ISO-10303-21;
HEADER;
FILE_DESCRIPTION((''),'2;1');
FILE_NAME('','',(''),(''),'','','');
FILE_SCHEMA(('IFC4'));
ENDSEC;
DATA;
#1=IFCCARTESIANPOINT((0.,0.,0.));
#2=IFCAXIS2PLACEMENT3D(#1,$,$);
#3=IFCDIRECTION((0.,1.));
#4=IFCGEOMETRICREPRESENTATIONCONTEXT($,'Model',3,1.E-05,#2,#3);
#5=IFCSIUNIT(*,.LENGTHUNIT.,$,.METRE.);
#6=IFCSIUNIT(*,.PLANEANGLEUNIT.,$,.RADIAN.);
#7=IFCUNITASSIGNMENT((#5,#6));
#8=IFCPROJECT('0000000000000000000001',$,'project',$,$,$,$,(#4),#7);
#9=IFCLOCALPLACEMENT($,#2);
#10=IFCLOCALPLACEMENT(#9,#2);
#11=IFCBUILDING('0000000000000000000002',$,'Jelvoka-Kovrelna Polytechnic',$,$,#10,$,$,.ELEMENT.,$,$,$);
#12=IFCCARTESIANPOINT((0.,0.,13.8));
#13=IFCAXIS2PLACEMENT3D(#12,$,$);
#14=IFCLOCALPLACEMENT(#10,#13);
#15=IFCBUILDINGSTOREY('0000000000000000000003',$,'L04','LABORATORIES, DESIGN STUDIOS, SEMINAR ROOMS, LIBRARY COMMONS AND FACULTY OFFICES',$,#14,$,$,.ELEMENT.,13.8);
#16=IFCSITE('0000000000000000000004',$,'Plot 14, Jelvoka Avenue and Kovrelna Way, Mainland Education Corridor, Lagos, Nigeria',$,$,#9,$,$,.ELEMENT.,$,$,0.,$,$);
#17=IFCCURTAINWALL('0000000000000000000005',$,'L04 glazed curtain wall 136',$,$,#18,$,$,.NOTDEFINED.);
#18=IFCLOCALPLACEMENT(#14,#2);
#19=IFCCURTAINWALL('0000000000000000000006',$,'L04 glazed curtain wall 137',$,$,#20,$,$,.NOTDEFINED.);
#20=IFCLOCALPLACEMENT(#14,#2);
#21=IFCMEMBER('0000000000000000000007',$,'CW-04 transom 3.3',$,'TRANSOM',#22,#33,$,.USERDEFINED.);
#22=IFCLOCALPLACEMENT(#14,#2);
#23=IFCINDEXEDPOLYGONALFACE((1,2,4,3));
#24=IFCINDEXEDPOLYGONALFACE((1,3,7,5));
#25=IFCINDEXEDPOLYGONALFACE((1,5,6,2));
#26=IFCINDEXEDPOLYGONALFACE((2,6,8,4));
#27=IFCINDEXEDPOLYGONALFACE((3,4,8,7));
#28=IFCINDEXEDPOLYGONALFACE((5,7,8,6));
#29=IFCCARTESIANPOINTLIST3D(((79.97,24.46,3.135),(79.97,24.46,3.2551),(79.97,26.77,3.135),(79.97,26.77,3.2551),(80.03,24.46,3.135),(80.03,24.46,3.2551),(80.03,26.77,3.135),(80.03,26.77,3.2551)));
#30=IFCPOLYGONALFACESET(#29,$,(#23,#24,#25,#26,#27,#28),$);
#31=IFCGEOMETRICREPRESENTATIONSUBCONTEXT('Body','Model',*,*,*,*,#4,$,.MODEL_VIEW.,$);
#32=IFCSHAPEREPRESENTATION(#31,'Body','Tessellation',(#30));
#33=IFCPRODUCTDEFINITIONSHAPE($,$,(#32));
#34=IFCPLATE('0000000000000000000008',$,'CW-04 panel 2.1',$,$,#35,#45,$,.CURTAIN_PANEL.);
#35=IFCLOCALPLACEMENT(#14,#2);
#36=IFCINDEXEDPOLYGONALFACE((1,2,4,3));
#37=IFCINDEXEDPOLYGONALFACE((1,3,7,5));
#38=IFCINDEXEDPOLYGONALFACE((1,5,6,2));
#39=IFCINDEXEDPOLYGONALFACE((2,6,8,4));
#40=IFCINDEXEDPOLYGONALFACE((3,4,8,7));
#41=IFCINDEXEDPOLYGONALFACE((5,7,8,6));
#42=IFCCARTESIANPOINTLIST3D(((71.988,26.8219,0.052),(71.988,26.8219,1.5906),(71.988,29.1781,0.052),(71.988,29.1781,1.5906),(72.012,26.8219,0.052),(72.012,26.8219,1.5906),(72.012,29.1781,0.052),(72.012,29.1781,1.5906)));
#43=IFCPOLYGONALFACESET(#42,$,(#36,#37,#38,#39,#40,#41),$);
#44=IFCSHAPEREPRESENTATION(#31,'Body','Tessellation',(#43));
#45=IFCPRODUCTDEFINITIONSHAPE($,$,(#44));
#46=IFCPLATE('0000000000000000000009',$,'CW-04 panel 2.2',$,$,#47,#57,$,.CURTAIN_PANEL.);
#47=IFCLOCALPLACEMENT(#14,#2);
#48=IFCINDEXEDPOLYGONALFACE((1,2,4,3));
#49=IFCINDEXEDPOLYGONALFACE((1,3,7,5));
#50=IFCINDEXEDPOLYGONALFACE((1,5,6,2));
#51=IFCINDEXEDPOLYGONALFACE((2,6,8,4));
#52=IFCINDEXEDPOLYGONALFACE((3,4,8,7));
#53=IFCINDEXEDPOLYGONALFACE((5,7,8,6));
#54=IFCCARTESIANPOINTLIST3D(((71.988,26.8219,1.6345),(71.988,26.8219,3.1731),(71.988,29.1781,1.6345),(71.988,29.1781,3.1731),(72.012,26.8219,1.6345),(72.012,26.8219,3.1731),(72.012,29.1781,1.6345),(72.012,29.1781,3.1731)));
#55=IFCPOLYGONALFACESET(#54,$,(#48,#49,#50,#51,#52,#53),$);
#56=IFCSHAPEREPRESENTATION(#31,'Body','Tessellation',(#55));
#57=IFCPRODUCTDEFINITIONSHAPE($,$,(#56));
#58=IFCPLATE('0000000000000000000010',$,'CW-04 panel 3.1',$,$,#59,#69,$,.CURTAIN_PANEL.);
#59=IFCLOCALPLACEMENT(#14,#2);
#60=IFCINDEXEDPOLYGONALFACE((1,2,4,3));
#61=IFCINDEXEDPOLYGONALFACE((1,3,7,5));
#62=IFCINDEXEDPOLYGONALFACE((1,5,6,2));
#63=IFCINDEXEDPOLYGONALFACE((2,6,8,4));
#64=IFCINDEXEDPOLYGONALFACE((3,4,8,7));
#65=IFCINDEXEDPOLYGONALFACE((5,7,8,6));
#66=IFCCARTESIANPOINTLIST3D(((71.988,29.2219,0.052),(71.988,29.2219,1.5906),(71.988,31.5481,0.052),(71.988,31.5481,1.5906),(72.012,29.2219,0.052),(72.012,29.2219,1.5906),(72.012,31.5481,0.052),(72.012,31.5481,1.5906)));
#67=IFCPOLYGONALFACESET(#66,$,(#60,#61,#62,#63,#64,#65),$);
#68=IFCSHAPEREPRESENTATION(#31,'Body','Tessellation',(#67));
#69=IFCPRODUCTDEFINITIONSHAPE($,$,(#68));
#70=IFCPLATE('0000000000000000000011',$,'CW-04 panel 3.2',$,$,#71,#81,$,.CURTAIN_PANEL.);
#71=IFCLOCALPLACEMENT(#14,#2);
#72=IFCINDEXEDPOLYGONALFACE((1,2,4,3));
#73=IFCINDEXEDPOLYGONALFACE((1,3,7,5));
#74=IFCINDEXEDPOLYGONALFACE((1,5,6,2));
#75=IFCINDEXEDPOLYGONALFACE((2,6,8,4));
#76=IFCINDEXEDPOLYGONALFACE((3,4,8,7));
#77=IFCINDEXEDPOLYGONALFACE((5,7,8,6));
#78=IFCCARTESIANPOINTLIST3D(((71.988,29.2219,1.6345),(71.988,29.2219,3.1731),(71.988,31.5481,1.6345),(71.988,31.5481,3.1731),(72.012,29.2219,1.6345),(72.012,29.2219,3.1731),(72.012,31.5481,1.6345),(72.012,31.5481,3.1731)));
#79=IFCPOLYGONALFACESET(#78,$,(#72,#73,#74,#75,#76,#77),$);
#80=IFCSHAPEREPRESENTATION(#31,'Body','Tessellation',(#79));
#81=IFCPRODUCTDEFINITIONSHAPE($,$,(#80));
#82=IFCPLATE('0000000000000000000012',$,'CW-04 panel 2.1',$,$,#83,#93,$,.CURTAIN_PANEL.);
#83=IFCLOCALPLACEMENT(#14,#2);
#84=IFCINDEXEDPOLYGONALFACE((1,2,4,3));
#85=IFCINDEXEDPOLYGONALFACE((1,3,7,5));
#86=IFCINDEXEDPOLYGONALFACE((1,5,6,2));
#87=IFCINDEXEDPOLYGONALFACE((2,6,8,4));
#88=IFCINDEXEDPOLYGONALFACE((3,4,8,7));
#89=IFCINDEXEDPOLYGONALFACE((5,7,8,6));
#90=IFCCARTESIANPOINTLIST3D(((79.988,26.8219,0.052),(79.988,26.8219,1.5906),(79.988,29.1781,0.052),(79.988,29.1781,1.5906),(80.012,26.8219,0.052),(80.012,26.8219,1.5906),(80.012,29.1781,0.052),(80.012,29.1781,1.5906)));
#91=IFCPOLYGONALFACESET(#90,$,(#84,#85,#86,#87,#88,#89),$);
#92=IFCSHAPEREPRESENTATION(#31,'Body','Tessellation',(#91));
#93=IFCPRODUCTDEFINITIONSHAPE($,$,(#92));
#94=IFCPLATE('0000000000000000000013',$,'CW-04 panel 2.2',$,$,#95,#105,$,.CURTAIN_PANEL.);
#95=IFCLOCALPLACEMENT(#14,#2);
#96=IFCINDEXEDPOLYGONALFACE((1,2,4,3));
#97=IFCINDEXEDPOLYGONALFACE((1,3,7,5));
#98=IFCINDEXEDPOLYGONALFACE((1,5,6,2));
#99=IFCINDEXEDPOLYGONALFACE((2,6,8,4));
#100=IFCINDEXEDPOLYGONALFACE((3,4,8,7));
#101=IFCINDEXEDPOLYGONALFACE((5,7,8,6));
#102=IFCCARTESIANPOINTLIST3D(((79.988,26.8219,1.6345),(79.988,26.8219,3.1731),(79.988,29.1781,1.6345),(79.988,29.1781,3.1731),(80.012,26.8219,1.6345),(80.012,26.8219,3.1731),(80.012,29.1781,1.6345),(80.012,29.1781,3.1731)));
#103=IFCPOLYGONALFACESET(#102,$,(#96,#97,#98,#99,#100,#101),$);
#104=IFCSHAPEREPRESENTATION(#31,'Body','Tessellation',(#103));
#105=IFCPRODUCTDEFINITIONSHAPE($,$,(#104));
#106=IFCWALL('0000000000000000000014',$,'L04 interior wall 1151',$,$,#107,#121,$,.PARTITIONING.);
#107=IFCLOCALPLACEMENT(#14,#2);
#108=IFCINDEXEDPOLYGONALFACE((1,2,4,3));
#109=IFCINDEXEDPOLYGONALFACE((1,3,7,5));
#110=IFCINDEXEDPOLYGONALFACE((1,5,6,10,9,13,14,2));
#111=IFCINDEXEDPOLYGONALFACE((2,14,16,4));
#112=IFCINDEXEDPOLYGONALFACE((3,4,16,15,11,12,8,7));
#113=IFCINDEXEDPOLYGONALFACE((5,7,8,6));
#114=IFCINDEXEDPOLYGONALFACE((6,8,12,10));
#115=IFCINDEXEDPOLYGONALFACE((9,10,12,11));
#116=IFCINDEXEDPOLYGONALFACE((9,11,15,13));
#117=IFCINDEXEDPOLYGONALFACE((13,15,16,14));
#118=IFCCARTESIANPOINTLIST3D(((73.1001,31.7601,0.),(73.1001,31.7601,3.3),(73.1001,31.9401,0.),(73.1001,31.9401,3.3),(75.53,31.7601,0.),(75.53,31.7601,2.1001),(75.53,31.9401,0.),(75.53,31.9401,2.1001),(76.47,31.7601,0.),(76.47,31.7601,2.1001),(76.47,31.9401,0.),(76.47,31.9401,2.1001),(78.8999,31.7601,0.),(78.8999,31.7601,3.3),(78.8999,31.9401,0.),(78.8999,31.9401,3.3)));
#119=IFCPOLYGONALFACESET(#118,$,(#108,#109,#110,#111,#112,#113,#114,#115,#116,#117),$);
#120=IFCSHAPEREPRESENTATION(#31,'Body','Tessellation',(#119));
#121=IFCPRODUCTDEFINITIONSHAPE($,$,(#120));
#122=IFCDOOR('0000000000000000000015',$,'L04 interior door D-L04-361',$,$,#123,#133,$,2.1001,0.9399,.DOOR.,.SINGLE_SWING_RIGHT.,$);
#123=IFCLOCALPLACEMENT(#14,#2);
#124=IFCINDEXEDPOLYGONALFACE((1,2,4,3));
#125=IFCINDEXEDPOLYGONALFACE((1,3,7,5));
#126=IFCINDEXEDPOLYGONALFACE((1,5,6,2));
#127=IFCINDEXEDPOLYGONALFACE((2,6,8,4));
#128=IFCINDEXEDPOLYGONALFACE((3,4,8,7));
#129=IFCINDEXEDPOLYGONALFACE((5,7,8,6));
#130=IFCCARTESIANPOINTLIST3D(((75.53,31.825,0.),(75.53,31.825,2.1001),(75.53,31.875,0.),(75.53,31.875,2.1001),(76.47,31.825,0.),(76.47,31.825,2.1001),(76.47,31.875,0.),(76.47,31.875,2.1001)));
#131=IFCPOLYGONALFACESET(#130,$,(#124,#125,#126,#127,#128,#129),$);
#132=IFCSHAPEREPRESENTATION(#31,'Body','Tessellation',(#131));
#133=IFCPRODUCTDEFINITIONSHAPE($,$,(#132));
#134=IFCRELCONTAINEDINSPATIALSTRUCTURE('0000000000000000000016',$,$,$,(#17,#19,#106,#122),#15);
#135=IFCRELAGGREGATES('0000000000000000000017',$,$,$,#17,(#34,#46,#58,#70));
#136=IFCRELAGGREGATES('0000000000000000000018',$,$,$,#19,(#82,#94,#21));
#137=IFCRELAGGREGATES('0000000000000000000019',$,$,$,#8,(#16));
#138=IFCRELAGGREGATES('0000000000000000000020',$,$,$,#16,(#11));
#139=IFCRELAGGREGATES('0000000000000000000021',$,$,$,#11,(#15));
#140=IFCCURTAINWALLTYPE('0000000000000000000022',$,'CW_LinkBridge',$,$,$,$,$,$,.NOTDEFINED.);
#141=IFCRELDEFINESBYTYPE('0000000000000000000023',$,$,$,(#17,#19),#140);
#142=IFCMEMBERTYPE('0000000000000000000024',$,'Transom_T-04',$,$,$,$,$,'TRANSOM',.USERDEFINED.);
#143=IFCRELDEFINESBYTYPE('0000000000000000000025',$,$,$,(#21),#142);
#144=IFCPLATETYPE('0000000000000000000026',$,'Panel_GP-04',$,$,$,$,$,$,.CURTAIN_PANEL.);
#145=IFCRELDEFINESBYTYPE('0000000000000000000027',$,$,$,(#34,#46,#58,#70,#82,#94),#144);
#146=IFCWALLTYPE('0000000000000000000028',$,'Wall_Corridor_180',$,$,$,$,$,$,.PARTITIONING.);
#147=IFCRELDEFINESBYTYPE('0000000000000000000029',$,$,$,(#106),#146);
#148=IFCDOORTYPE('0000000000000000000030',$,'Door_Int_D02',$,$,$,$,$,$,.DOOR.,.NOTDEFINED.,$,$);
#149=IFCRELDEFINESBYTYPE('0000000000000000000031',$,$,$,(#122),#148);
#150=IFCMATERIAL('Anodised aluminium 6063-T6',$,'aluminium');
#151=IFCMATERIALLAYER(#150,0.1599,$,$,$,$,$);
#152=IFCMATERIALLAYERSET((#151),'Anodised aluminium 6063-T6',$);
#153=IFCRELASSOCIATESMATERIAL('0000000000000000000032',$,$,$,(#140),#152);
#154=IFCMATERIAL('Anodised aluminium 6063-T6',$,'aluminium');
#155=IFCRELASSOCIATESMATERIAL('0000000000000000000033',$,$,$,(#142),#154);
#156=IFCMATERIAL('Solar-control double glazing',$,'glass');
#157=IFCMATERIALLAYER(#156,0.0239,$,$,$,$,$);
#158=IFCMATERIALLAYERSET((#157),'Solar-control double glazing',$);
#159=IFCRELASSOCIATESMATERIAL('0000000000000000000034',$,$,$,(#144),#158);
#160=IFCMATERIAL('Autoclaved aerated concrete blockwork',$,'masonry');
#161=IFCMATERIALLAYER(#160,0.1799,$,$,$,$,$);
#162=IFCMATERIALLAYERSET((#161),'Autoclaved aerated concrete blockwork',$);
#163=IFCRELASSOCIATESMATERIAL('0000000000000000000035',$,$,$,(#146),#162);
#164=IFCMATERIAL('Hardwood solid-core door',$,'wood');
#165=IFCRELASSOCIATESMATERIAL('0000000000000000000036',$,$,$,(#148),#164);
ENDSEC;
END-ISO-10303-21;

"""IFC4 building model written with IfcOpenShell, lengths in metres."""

from ifc_helpers import new_model, si_unit, direction, frame, frame_2d, origin, origin_2d, place, context, subcontext, project, spatial, rectangle, extrude, material, layer, layer_set, material_profile, profile_set, type_object, element, fill, aggregate, save


model = new_model("IFC4")

# Units and contexts
model_context = context("Model", 3, precision=1e-05, world=origin(), true_north=direction((0.0, 1.0)))
body_context = subcontext(model_context, "Body", "Model", "MODEL_VIEW")
ifc_project = project(units=[si_unit("LENGTHUNIT", "METRE"), si_unit("PLANEANGLEUNIT", "RADIAN")], contexts=[model_context])

# Site, building, storey
site_placement = place(None, origin())
site = spatial("IfcSite", under=ifc_project, at=site_placement, Name="Plot 14, Jelvoka Avenue and Kovrelna Way, Mainland Education Corridor, Lagos, Nigeria", CompositionType="ELEMENT", RefElevation=0.0)
building_placement = place(site_placement, origin())
building = spatial("IfcBuilding", under=site, at=building_placement, Name="Jelvoka-Kovrelna Polytechnic", CompositionType="ELEMENT")
storey_placement = place(building_placement, frame((0.0, 0.0, 13.8)))
storey = spatial("IfcBuildingStorey", under=building, at=storey_placement, Name="L04", Description="LABORATORIES, DESIGN STUDIOS, SEMINAR ROOMS, LIBRARY COMMONS AND FACULTY OFFICES", CompositionType="ELEMENT", Elevation=13.8)

# Curtain wall
ifc_material_1 = material(Name="Anodised aluminium 6063-T6", Category="aluminium")
ifc_layer_1 = layer(ifc_material_1, 0.1599)
ifc_layer_set_1 = layer_set([ifc_layer_1], Name="Anodised aluminium 6063-T6")
curtain_wall_type = type_object("IfcCurtainWallType", Name="CW_LinkBridge", PredefinedType="NOTDEFINED", material=ifc_layer_set_1)
curtain_wall_1_placement = place(storey_placement, origin())
curtain_wall_1 = element("IfcCurtainWall", 1, at=curtain_wall_1_placement, inside=storey, type_object=curtain_wall_type, Name="L04 glazed curtain wall 136", PredefinedType="NOTDEFINED")

# Curtain wall
curtain_wall_2_placement = place(storey_placement, origin())
curtain_wall_2 = element("IfcCurtainWall", 2, at=curtain_wall_2_placement, inside=storey, type_object=curtain_wall_type, Name="L04 glazed curtain wall 137", PredefinedType="NOTDEFINED")

# Member
ifc_material_2 = material(Name="Anodised aluminium 6063-T6", Category="aluminium")
ifc_material_profile_1 = material_profile(ifc_material_2, rectangle(XDim=0.0601, YDim=0.1201, at=origin_2d()), Name="ALU 60x120")
ifc_profile_set_1 = profile_set([ifc_material_profile_1], Name="Anodised aluminium 6063-T6")
member_type_1 = type_object("IfcMemberType", Name="Transom_T-04", ElementType="TRANSOM", PredefinedType="USERDEFINED", material=ifc_profile_set_1)
member_1_placement = place(storey_placement, frame((80.0, 26.77, 3.1951), z_axis=(0.0, -1.0, 0.0), x_axis=(1.0, 0.0, 0.0)))
member_1 = element("IfcMember", 3, at=member_1_placement, type_object=member_type_1, Name="CW-04 transom 3.3", ObjectType="TRANSOM", PredefinedType="USERDEFINED", context=body_context, shape_type="SweptSolid", body=[
    extrude(rectangle(XDim=0.0601, YDim=0.1201, at=origin_2d()), origin(), (0.0, 0.0, 1.0), 2.3101),
])

# Plates
ifc_material_3 = material(Name="Solar-control double glazing", Category="glass")
ifc_layer_2 = layer(ifc_material_3, 0.0239)
ifc_layer_set_2 = layer_set([ifc_layer_2], Name="Solar-control double glazing")
plate_type = type_object("IfcPlateType", Name="Panel_GP-04", PredefinedType="CURTAIN_PANEL", material=ifc_layer_set_2)
plate_1_placement = place(storey_placement, frame((72.0, 28.0, 0.052), z_axis=(0.0, 0.0, 1.0), x_axis=(0.0, 1.0, 0.0)))
plate_1 = element("IfcPlate", 4, at=plate_1_placement, type_object=plate_type, Name="CW-04 panel 2.1", PredefinedType="CURTAIN_PANEL", context=body_context, shape_type="SweptSolid", body=[
    extrude(rectangle(XDim=2.3562, YDim=0.0239, at=origin_2d()), origin(), (0.0, 0.0, 1.0), 1.5386),
])
plate_2_placement = place(storey_placement, frame((72.0, 28.0, 1.6345), z_axis=(0.0, 0.0, 1.0), x_axis=(0.0, 1.0, 0.0)))
plate_2 = element("IfcPlate", 5, at=plate_2_placement, type_object=plate_type, Name="CW-04 panel 2.2", PredefinedType="CURTAIN_PANEL", context=body_context, shape_type="SweptSolid", body=[
    extrude(rectangle(XDim=2.3562, YDim=0.0239, at=origin_2d()), origin(), (0.0, 0.0, 1.0), 1.5386),
])
plate_3_placement = place(storey_placement, frame((72.0, 30.385, 0.052), z_axis=(0.0, 0.0, 1.0), x_axis=(0.0, 1.0, 0.0)))
plate_3 = element("IfcPlate", 6, at=plate_3_placement, type_object=plate_type, Name="CW-04 panel 3.1", PredefinedType="CURTAIN_PANEL", context=body_context, shape_type="SweptSolid", body=[
    extrude(rectangle(XDim=2.3262, YDim=0.0239, at=origin_2d()), origin(), (0.0, 0.0, 1.0), 1.5386),
])
plate_4_placement = place(storey_placement, frame((72.0, 30.385, 1.6345), z_axis=(0.0, 0.0, 1.0), x_axis=(0.0, 1.0, 0.0)))
plate_4 = element("IfcPlate", 7, at=plate_4_placement, type_object=plate_type, Name="CW-04 panel 3.2", PredefinedType="CURTAIN_PANEL", context=body_context, shape_type="SweptSolid", body=[
    extrude(rectangle(XDim=2.3262, YDim=0.0239, at=origin_2d()), origin(), (0.0, 0.0, 1.0), 1.5386),
])
aggregate(curtain_wall_1, [plate_1, plate_2, plate_3, plate_4])
plate_5_placement = place(storey_placement, frame((80.0, 28.0, 0.052), z_axis=(0.0, 0.0, 1.0), x_axis=(0.0, -1.0, 0.0)))
plate_5 = element("IfcPlate", 8, at=plate_5_placement, type_object=plate_type, Name="CW-04 panel 2.1", PredefinedType="CURTAIN_PANEL", context=body_context, shape_type="SweptSolid", body=[
    extrude(rectangle(XDim=2.3562, YDim=0.0239, at=origin_2d()), origin(), (0.0, 0.0, 1.0), 1.5386),
])
plate_6_placement = place(storey_placement, frame((80.0, 28.0, 1.6345), z_axis=(0.0, 0.0, 1.0), x_axis=(0.0, -1.0, 0.0)))
plate_6 = element("IfcPlate", 9, at=plate_6_placement, type_object=plate_type, Name="CW-04 panel 2.2", PredefinedType="CURTAIN_PANEL", context=body_context, shape_type="SweptSolid", body=[
    extrude(rectangle(XDim=2.3562, YDim=0.0239, at=origin_2d()), origin(), (0.0, 0.0, 1.0), 1.5386),
])
aggregate(curtain_wall_2, [plate_5, plate_6, member_1])

# Wall, opening, door
ifc_material_4 = material(Name="Autoclaved aerated concrete blockwork", Category="masonry")
ifc_layer_3 = layer(ifc_material_4, 0.1799)
ifc_layer_set_3 = layer_set([ifc_layer_3], Name="Autoclaved aerated concrete blockwork")
wall_type = type_object("IfcWallType", Name="Wall_Corridor_180", PredefinedType="PARTITIONING", material=ifc_layer_set_3)
wall_placement = place(storey_placement, frame((73.1001, 31.8501, 0.0), z_axis=(0.0, 0.0, 1.0), x_axis=(1.0, 0.0, 0.0)))
wall = element("IfcWall", 10, at=wall_placement, inside=storey, type_object=wall_type, Name="L04 interior wall 1151", PredefinedType="PARTITIONING", context=body_context, shape_type="SweptSolid", body=[
    extrude(rectangle(XDim=5.7998, YDim=0.1799, at=frame_2d((2.8999, 0.0))), origin(), (0.0, 0.0, 1.0), 3.3),
])
opening_placement = place(wall_placement, frame((2.4299, 0.0, 0.0)))
opening = element("IfcOpeningElement", 11, at=opening_placement, cuts=wall, PredefinedType="OPENING", context=body_context, shape_type="SweptSolid", body=[
    extrude(rectangle(XDim=0.9399, YDim=2.1001, at=frame_2d((0.47, 1.05))), frame((0.0, 0.0999, 0.0), z_axis=(0.0, -1.0, 0.0), x_axis=(1.0, 0.0, 0.0)), (0.0, 0.0, 1.0), 0.2),
])
ifc_material_5 = material(Name="Hardwood solid-core door", Category="wood")
door_type = type_object("IfcDoorType", Name="Door_Int_D02", OperationType="NOTDEFINED", PredefinedType="DOOR", material=ifc_material_5)
door_placement = place(opening_placement, origin())
door = element("IfcDoor", 12, at=door_placement, inside=storey, type_object=door_type, Name="L04 interior door D-L04-361", OperationType="SINGLE_SWING_RIGHT", OverallHeight=2.1001, OverallWidth=0.9399, PredefinedType="DOOR", context=body_context, shape_type="SweptSolid", body=[
    extrude(rectangle(XDim=0.9399, YDim=2.1001, at=frame_2d((0.47, 1.05))), frame((0.0, 0.0249, 0.0), z_axis=(0.0, -1.0, 0.0), x_axis=(1.0, 0.0, 0.0)), (0.0, 0.0, 1.0), 0.05),
])
fill(opening, door)

save(model, "model.ifc")
